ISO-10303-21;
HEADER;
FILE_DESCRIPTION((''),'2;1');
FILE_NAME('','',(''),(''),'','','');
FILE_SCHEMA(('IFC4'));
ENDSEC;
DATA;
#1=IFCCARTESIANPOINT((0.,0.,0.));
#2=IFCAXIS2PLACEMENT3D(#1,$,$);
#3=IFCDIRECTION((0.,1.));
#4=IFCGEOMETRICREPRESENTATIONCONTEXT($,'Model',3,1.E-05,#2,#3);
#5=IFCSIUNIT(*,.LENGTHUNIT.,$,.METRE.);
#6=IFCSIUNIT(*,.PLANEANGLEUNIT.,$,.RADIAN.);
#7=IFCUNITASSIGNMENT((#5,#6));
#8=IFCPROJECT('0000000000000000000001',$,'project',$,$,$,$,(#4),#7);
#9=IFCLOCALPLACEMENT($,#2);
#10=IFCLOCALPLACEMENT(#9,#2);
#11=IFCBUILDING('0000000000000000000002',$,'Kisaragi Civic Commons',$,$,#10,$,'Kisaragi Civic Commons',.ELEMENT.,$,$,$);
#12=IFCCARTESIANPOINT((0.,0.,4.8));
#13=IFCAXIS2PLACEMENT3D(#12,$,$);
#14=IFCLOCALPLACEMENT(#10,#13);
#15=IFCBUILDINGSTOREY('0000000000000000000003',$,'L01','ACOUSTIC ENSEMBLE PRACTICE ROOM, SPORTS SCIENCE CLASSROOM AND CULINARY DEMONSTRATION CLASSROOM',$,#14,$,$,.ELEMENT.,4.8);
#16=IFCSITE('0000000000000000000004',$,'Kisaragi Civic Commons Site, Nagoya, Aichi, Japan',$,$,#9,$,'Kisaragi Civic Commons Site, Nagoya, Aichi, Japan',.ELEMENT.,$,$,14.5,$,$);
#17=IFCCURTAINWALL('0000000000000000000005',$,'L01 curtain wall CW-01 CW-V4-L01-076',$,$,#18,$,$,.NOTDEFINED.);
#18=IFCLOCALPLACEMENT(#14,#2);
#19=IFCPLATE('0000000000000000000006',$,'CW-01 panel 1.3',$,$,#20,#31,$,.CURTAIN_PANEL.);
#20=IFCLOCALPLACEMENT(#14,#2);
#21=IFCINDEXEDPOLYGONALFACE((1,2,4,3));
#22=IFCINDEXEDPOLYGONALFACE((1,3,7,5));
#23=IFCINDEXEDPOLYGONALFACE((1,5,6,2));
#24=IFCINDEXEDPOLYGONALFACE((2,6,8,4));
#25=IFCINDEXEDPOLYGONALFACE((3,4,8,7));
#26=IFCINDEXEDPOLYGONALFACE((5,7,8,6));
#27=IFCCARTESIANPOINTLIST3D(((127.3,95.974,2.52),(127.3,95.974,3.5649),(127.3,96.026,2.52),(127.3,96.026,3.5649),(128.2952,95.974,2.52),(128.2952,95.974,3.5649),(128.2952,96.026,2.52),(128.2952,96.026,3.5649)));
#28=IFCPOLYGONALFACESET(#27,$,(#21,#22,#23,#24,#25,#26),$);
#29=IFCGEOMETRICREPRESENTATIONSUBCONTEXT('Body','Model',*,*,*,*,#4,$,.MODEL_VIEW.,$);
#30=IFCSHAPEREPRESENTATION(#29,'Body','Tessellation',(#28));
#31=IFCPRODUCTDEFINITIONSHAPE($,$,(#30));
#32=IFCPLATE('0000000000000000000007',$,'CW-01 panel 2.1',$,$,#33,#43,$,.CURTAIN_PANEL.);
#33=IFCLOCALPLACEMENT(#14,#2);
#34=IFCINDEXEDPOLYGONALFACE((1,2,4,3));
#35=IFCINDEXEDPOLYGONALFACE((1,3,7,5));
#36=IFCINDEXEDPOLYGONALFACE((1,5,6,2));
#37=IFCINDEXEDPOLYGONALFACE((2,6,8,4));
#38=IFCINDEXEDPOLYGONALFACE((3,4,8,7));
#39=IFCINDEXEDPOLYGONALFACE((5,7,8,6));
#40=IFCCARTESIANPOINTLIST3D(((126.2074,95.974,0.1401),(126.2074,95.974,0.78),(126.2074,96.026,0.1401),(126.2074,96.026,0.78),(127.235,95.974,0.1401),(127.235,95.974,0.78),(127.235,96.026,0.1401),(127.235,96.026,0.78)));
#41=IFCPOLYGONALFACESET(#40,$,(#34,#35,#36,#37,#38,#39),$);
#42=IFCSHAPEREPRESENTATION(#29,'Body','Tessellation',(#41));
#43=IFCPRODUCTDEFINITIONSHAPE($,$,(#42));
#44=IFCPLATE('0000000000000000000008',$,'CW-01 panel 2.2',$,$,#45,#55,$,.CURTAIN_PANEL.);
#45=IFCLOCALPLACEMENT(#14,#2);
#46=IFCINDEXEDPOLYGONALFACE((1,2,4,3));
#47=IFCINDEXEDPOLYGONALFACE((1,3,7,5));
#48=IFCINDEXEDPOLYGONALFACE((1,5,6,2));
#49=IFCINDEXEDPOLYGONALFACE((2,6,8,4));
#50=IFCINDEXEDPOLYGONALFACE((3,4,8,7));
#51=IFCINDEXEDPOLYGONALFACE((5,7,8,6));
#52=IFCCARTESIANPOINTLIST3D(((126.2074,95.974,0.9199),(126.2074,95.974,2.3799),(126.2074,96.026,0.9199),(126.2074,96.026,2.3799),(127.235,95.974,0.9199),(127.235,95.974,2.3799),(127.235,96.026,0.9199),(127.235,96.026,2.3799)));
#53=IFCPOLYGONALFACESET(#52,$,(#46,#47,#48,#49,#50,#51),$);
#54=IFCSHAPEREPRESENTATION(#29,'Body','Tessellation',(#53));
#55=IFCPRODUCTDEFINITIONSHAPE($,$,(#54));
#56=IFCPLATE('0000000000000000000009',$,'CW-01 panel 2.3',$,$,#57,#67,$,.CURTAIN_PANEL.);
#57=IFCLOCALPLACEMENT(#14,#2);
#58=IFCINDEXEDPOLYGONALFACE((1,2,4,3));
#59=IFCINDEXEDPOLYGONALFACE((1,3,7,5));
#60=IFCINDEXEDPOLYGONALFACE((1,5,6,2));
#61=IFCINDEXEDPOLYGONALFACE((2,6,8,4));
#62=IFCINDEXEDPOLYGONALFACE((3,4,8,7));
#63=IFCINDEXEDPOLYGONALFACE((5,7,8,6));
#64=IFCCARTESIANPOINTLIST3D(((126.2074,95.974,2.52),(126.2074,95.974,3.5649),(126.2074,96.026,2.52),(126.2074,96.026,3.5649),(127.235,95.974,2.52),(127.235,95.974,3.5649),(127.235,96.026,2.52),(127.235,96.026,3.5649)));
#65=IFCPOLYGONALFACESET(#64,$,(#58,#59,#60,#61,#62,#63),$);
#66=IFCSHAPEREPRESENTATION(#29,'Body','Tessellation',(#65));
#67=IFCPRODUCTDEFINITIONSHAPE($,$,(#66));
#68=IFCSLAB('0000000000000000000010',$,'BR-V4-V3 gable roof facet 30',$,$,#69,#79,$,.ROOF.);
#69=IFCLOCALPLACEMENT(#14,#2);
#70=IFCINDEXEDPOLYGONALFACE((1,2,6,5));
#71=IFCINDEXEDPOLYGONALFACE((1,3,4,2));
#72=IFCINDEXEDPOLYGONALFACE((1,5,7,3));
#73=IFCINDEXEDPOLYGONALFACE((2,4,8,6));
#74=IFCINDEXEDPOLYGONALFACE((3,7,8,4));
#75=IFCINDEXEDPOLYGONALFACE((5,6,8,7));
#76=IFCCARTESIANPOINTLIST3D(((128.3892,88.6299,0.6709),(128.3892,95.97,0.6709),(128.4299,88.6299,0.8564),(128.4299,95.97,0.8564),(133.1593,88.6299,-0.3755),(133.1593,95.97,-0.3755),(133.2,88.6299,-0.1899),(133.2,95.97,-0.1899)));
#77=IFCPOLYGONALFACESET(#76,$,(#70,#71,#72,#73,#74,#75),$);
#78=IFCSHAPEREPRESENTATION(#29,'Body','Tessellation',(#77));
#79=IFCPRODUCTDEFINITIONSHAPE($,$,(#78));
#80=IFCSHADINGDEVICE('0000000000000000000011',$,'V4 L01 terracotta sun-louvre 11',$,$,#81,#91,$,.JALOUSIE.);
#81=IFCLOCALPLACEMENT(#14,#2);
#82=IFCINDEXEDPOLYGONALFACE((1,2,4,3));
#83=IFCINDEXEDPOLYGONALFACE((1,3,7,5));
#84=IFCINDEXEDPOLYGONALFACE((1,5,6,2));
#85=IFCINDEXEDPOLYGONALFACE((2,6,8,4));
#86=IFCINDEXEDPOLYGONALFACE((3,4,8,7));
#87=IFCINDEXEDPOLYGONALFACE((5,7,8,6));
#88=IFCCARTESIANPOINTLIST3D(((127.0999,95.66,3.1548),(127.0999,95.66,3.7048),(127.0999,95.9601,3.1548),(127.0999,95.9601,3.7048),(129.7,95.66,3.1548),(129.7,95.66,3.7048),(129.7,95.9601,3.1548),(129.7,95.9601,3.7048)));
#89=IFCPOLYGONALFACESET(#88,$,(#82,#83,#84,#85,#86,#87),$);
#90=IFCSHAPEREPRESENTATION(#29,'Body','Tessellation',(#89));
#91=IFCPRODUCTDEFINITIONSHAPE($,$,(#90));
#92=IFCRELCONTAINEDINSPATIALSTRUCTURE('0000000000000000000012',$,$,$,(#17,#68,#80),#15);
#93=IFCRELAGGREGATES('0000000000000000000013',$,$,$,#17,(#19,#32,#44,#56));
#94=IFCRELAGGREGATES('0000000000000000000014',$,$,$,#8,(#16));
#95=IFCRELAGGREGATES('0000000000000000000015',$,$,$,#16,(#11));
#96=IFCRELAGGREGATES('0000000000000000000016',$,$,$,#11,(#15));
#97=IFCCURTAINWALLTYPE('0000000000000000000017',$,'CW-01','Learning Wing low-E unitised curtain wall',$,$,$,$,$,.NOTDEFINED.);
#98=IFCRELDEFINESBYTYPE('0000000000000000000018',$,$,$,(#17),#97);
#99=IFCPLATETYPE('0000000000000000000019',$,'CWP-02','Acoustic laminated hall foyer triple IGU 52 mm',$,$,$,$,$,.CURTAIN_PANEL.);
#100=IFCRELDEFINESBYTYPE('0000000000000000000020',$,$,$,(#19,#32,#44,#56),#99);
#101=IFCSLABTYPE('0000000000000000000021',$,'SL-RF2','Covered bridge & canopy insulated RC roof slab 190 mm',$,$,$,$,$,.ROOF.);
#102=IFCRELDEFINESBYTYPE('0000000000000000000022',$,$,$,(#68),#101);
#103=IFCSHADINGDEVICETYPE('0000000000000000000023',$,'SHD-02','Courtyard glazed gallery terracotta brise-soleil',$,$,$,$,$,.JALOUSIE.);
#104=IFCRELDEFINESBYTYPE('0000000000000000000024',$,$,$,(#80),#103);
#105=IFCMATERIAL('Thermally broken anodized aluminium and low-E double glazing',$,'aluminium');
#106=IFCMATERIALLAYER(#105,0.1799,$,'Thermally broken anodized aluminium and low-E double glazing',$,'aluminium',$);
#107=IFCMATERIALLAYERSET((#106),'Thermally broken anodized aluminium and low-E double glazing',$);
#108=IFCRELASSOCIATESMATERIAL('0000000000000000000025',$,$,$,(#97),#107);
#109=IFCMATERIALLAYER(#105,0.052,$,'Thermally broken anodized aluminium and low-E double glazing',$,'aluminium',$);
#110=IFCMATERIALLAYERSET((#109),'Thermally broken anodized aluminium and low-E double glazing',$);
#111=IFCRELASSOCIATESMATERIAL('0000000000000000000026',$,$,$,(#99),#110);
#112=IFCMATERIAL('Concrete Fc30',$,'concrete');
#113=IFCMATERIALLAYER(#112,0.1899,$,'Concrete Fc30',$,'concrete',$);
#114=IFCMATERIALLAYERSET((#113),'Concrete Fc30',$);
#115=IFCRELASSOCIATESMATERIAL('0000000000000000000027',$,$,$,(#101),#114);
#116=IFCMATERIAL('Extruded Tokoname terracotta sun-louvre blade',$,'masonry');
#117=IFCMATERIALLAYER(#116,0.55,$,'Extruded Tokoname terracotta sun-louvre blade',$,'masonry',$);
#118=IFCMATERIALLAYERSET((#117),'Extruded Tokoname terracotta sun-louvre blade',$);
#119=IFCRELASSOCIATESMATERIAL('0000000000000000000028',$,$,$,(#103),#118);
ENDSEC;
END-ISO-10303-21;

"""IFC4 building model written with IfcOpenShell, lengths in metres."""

from ifc_helpers import new_model, si_unit, direction, frame, origin, origin_2d, place, context, subcontext, project, spatial, polyline, rectangle, outline, extrude, material, layer, layer_set, type_object, element, aggregate, save


model = new_model("IFC4")

# Units and contexts
model_context = context("Model", 3, precision=1e-05, world=origin(), true_north=direction((0.0, 1.0)))
body_context = subcontext(model_context, "Body", "Model", "MODEL_VIEW")
ifc_project = project(units=[si_unit("LENGTHUNIT", "METRE"), si_unit("PLANEANGLEUNIT", "RADIAN")], contexts=[model_context])

# Site, building, storey
site_placement = place(None, origin())
site = spatial("IfcSite", under=ifc_project, at=site_placement, Name="Kisaragi Civic Commons Site, Nagoya, Aichi, Japan", LongName="Kisaragi Civic Commons Site, Nagoya, Aichi, Japan", CompositionType="ELEMENT", RefElevation=14.5)
building_placement = place(site_placement, origin())
building = spatial("IfcBuilding", under=site, at=building_placement, Name="Kisaragi Civic Commons", LongName="Kisaragi Civic Commons", CompositionType="ELEMENT")
storey_placement = place(building_placement, frame((0.0, 0.0, 4.8)))
storey = spatial("IfcBuildingStorey", under=building, at=storey_placement, Name="L01", Description="ACOUSTIC ENSEMBLE PRACTICE ROOM, SPORTS SCIENCE CLASSROOM AND CULINARY DEMONSTRATION CLASSROOM", CompositionType="ELEMENT", Elevation=4.8)

# Shared definitions
ifc_material_1 = material(Name="Thermally broken anodized aluminium and low-E double glazing", Category="aluminium")
ifc_layer_1 = layer(ifc_material_1, 0.1799, Name="Thermally broken anodized aluminium and low-E double glazing", Category="aluminium")
ifc_layer_set_1 = layer_set([ifc_layer_1], Name="Thermally broken anodized aluminium and low-E double glazing")
curtain_wall_type = type_object("IfcCurtainWallType", Name="CW-01", Description="Learning Wing low-E unitised curtain wall", PredefinedType="NOTDEFINED", material=ifc_layer_set_1)

# Curtain wall
curtain_wall_1_placement = place(storey_placement, origin())
curtain_wall_1 = element("IfcCurtainWall", 1, at=curtain_wall_1_placement, inside=storey, type_object=curtain_wall_type, Name="L01 curtain wall CW-01 CW-V4-L01-076", PredefinedType="NOTDEFINED")

# Plates
ifc_layer_2 = layer(ifc_material_1, 0.052, Name="Thermally broken anodized aluminium and low-E double glazing", Category="aluminium")
ifc_layer_set_2 = layer_set([ifc_layer_2], Name="Thermally broken anodized aluminium and low-E double glazing")
plate_type_1 = type_object("IfcPlateType", Name="CWP-02", Description="Acoustic laminated hall foyer triple IGU 52 mm", PredefinedType="CURTAIN_PANEL", material=ifc_layer_set_2)
plate_1_placement = place(storey_placement, frame((127.7976, 96.0, 2.52), z_axis=(0.0, 0.0, 1.0), x_axis=(-1.0, 0.0, 0.0)))
plate_1 = element("IfcPlate", 2, at=plate_1_placement, type_object=plate_type_1, Name="CW-01 panel 1.3", PredefinedType="CURTAIN_PANEL", context=body_context, shape_type="SweptSolid", body=[
    extrude(rectangle(XDim=0.9951, YDim=0.052, at=origin_2d()), origin(), (0.0, 0.0, 1.0), 1.0449),
])
plate_2_placement = place(storey_placement, frame((126.7212, 96.0, 0.1401), z_axis=(0.0, 0.0, 1.0), x_axis=(-1.0, 0.0, 0.0)))
plate_2 = element("IfcPlate", 3, at=plate_2_placement, type_object=plate_type_1, Name="CW-01 panel 2.1", PredefinedType="CURTAIN_PANEL", context=body_context, shape_type="SweptSolid", body=[
    extrude(rectangle(XDim=1.0276, YDim=0.052, at=origin_2d()), origin(), (0.0, 0.0, 1.0), 0.6399),
])
plate_3_placement = place(storey_placement, frame((126.7212, 96.0, 0.9199), z_axis=(0.0, 0.0, 1.0), x_axis=(-1.0, 0.0, 0.0)))
plate_3 = element("IfcPlate", 4, at=plate_3_placement, type_object=plate_type_1, Name="CW-01 panel 2.2", PredefinedType="CURTAIN_PANEL", context=body_context, shape_type="SweptSolid", body=[
    extrude(rectangle(XDim=1.0276, YDim=0.052, at=origin_2d()), origin(), (0.0, 0.0, 1.0), 1.46),
])
plate_4_placement = place(storey_placement, frame((126.7212, 96.0, 2.52), z_axis=(0.0, 0.0, 1.0), x_axis=(-1.0, 0.0, 0.0)))
plate_4 = element("IfcPlate", 5, at=plate_4_placement, type_object=plate_type_1, Name="CW-01 panel 2.3", PredefinedType="CURTAIN_PANEL", context=body_context, shape_type="SweptSolid", body=[
    extrude(rectangle(XDim=1.0276, YDim=0.052, at=origin_2d()), origin(), (0.0, 0.0, 1.0), 1.0449),
])
aggregate(curtain_wall_1, [plate_1, plate_2, plate_3, plate_4])

# Slab
ifc_material_2 = material(Name="Concrete Fc30", Category="concrete")
ifc_layer_3 = layer(ifc_material_2, 0.1899, Name="Concrete Fc30", Category="concrete")
ifc_layer_set_3 = layer_set([ifc_layer_3], Name="Concrete Fc30")
slab_type = type_object("IfcSlabType", Name="SL-RF2", Description="Covered bridge & canopy insulated RC roof slab 190 mm", PredefinedType="ROOF", material=ifc_layer_set_3)
slab_placement = place(storey_placement, frame((128.4299, 88.6299, 0.8564), z_axis=(0.214272, 0.0, 0.976774), x_axis=(0.976774, 0.0, -0.214272)))
element("IfcSlab", 6, at=slab_placement, inside=storey, type_object=slab_type, Name="BR-V4-V3 gable roof facet 30", PredefinedType="ROOF", context=body_context, shape_type="SweptSolid", body=[
    extrude(outline(polyline([(0.0, 0.0), (4.8834, 0.0), (4.8834, 7.3401), (0.0, 7.3401), (0.0, 0.0)])), origin(), (0.0, 0.0, -1.0), 0.1899),
])

# Shading device
ifc_material_3 = material(Name="Extruded Tokoname terracotta sun-louvre blade", Category="masonry")
ifc_layer_4 = layer(ifc_material_3, 0.55, Name="Extruded Tokoname terracotta sun-louvre blade", Category="masonry")
ifc_layer_set_4 = layer_set([ifc_layer_4], Name="Extruded Tokoname terracotta sun-louvre blade")
shading_device_type = type_object("IfcShadingDeviceType", Name="SHD-02", Description="Courtyard glazed gallery terracotta brise-soleil", PredefinedType="JALOUSIE", material=ifc_layer_set_4)
shading_device_placement = place(storey_placement, frame((128.3999, 95.8101, 3.1548), z_axis=(0.0, 0.0, 1.0), x_axis=(-1.0, 0.0, 0.0)))
element("IfcShadingDevice", 7, at=shading_device_placement, inside=storey, type_object=shading_device_type, Name="V4 L01 terracotta sun-louvre 11", PredefinedType="JALOUSIE", context=body_context, shape_type="SweptSolid", body=[
    extrude(rectangle(XDim=2.6001, YDim=0.3, at=origin_2d()), origin(), (0.0, 0.0, 1.0), 0.55),
])

save(model, "model.ifc")
